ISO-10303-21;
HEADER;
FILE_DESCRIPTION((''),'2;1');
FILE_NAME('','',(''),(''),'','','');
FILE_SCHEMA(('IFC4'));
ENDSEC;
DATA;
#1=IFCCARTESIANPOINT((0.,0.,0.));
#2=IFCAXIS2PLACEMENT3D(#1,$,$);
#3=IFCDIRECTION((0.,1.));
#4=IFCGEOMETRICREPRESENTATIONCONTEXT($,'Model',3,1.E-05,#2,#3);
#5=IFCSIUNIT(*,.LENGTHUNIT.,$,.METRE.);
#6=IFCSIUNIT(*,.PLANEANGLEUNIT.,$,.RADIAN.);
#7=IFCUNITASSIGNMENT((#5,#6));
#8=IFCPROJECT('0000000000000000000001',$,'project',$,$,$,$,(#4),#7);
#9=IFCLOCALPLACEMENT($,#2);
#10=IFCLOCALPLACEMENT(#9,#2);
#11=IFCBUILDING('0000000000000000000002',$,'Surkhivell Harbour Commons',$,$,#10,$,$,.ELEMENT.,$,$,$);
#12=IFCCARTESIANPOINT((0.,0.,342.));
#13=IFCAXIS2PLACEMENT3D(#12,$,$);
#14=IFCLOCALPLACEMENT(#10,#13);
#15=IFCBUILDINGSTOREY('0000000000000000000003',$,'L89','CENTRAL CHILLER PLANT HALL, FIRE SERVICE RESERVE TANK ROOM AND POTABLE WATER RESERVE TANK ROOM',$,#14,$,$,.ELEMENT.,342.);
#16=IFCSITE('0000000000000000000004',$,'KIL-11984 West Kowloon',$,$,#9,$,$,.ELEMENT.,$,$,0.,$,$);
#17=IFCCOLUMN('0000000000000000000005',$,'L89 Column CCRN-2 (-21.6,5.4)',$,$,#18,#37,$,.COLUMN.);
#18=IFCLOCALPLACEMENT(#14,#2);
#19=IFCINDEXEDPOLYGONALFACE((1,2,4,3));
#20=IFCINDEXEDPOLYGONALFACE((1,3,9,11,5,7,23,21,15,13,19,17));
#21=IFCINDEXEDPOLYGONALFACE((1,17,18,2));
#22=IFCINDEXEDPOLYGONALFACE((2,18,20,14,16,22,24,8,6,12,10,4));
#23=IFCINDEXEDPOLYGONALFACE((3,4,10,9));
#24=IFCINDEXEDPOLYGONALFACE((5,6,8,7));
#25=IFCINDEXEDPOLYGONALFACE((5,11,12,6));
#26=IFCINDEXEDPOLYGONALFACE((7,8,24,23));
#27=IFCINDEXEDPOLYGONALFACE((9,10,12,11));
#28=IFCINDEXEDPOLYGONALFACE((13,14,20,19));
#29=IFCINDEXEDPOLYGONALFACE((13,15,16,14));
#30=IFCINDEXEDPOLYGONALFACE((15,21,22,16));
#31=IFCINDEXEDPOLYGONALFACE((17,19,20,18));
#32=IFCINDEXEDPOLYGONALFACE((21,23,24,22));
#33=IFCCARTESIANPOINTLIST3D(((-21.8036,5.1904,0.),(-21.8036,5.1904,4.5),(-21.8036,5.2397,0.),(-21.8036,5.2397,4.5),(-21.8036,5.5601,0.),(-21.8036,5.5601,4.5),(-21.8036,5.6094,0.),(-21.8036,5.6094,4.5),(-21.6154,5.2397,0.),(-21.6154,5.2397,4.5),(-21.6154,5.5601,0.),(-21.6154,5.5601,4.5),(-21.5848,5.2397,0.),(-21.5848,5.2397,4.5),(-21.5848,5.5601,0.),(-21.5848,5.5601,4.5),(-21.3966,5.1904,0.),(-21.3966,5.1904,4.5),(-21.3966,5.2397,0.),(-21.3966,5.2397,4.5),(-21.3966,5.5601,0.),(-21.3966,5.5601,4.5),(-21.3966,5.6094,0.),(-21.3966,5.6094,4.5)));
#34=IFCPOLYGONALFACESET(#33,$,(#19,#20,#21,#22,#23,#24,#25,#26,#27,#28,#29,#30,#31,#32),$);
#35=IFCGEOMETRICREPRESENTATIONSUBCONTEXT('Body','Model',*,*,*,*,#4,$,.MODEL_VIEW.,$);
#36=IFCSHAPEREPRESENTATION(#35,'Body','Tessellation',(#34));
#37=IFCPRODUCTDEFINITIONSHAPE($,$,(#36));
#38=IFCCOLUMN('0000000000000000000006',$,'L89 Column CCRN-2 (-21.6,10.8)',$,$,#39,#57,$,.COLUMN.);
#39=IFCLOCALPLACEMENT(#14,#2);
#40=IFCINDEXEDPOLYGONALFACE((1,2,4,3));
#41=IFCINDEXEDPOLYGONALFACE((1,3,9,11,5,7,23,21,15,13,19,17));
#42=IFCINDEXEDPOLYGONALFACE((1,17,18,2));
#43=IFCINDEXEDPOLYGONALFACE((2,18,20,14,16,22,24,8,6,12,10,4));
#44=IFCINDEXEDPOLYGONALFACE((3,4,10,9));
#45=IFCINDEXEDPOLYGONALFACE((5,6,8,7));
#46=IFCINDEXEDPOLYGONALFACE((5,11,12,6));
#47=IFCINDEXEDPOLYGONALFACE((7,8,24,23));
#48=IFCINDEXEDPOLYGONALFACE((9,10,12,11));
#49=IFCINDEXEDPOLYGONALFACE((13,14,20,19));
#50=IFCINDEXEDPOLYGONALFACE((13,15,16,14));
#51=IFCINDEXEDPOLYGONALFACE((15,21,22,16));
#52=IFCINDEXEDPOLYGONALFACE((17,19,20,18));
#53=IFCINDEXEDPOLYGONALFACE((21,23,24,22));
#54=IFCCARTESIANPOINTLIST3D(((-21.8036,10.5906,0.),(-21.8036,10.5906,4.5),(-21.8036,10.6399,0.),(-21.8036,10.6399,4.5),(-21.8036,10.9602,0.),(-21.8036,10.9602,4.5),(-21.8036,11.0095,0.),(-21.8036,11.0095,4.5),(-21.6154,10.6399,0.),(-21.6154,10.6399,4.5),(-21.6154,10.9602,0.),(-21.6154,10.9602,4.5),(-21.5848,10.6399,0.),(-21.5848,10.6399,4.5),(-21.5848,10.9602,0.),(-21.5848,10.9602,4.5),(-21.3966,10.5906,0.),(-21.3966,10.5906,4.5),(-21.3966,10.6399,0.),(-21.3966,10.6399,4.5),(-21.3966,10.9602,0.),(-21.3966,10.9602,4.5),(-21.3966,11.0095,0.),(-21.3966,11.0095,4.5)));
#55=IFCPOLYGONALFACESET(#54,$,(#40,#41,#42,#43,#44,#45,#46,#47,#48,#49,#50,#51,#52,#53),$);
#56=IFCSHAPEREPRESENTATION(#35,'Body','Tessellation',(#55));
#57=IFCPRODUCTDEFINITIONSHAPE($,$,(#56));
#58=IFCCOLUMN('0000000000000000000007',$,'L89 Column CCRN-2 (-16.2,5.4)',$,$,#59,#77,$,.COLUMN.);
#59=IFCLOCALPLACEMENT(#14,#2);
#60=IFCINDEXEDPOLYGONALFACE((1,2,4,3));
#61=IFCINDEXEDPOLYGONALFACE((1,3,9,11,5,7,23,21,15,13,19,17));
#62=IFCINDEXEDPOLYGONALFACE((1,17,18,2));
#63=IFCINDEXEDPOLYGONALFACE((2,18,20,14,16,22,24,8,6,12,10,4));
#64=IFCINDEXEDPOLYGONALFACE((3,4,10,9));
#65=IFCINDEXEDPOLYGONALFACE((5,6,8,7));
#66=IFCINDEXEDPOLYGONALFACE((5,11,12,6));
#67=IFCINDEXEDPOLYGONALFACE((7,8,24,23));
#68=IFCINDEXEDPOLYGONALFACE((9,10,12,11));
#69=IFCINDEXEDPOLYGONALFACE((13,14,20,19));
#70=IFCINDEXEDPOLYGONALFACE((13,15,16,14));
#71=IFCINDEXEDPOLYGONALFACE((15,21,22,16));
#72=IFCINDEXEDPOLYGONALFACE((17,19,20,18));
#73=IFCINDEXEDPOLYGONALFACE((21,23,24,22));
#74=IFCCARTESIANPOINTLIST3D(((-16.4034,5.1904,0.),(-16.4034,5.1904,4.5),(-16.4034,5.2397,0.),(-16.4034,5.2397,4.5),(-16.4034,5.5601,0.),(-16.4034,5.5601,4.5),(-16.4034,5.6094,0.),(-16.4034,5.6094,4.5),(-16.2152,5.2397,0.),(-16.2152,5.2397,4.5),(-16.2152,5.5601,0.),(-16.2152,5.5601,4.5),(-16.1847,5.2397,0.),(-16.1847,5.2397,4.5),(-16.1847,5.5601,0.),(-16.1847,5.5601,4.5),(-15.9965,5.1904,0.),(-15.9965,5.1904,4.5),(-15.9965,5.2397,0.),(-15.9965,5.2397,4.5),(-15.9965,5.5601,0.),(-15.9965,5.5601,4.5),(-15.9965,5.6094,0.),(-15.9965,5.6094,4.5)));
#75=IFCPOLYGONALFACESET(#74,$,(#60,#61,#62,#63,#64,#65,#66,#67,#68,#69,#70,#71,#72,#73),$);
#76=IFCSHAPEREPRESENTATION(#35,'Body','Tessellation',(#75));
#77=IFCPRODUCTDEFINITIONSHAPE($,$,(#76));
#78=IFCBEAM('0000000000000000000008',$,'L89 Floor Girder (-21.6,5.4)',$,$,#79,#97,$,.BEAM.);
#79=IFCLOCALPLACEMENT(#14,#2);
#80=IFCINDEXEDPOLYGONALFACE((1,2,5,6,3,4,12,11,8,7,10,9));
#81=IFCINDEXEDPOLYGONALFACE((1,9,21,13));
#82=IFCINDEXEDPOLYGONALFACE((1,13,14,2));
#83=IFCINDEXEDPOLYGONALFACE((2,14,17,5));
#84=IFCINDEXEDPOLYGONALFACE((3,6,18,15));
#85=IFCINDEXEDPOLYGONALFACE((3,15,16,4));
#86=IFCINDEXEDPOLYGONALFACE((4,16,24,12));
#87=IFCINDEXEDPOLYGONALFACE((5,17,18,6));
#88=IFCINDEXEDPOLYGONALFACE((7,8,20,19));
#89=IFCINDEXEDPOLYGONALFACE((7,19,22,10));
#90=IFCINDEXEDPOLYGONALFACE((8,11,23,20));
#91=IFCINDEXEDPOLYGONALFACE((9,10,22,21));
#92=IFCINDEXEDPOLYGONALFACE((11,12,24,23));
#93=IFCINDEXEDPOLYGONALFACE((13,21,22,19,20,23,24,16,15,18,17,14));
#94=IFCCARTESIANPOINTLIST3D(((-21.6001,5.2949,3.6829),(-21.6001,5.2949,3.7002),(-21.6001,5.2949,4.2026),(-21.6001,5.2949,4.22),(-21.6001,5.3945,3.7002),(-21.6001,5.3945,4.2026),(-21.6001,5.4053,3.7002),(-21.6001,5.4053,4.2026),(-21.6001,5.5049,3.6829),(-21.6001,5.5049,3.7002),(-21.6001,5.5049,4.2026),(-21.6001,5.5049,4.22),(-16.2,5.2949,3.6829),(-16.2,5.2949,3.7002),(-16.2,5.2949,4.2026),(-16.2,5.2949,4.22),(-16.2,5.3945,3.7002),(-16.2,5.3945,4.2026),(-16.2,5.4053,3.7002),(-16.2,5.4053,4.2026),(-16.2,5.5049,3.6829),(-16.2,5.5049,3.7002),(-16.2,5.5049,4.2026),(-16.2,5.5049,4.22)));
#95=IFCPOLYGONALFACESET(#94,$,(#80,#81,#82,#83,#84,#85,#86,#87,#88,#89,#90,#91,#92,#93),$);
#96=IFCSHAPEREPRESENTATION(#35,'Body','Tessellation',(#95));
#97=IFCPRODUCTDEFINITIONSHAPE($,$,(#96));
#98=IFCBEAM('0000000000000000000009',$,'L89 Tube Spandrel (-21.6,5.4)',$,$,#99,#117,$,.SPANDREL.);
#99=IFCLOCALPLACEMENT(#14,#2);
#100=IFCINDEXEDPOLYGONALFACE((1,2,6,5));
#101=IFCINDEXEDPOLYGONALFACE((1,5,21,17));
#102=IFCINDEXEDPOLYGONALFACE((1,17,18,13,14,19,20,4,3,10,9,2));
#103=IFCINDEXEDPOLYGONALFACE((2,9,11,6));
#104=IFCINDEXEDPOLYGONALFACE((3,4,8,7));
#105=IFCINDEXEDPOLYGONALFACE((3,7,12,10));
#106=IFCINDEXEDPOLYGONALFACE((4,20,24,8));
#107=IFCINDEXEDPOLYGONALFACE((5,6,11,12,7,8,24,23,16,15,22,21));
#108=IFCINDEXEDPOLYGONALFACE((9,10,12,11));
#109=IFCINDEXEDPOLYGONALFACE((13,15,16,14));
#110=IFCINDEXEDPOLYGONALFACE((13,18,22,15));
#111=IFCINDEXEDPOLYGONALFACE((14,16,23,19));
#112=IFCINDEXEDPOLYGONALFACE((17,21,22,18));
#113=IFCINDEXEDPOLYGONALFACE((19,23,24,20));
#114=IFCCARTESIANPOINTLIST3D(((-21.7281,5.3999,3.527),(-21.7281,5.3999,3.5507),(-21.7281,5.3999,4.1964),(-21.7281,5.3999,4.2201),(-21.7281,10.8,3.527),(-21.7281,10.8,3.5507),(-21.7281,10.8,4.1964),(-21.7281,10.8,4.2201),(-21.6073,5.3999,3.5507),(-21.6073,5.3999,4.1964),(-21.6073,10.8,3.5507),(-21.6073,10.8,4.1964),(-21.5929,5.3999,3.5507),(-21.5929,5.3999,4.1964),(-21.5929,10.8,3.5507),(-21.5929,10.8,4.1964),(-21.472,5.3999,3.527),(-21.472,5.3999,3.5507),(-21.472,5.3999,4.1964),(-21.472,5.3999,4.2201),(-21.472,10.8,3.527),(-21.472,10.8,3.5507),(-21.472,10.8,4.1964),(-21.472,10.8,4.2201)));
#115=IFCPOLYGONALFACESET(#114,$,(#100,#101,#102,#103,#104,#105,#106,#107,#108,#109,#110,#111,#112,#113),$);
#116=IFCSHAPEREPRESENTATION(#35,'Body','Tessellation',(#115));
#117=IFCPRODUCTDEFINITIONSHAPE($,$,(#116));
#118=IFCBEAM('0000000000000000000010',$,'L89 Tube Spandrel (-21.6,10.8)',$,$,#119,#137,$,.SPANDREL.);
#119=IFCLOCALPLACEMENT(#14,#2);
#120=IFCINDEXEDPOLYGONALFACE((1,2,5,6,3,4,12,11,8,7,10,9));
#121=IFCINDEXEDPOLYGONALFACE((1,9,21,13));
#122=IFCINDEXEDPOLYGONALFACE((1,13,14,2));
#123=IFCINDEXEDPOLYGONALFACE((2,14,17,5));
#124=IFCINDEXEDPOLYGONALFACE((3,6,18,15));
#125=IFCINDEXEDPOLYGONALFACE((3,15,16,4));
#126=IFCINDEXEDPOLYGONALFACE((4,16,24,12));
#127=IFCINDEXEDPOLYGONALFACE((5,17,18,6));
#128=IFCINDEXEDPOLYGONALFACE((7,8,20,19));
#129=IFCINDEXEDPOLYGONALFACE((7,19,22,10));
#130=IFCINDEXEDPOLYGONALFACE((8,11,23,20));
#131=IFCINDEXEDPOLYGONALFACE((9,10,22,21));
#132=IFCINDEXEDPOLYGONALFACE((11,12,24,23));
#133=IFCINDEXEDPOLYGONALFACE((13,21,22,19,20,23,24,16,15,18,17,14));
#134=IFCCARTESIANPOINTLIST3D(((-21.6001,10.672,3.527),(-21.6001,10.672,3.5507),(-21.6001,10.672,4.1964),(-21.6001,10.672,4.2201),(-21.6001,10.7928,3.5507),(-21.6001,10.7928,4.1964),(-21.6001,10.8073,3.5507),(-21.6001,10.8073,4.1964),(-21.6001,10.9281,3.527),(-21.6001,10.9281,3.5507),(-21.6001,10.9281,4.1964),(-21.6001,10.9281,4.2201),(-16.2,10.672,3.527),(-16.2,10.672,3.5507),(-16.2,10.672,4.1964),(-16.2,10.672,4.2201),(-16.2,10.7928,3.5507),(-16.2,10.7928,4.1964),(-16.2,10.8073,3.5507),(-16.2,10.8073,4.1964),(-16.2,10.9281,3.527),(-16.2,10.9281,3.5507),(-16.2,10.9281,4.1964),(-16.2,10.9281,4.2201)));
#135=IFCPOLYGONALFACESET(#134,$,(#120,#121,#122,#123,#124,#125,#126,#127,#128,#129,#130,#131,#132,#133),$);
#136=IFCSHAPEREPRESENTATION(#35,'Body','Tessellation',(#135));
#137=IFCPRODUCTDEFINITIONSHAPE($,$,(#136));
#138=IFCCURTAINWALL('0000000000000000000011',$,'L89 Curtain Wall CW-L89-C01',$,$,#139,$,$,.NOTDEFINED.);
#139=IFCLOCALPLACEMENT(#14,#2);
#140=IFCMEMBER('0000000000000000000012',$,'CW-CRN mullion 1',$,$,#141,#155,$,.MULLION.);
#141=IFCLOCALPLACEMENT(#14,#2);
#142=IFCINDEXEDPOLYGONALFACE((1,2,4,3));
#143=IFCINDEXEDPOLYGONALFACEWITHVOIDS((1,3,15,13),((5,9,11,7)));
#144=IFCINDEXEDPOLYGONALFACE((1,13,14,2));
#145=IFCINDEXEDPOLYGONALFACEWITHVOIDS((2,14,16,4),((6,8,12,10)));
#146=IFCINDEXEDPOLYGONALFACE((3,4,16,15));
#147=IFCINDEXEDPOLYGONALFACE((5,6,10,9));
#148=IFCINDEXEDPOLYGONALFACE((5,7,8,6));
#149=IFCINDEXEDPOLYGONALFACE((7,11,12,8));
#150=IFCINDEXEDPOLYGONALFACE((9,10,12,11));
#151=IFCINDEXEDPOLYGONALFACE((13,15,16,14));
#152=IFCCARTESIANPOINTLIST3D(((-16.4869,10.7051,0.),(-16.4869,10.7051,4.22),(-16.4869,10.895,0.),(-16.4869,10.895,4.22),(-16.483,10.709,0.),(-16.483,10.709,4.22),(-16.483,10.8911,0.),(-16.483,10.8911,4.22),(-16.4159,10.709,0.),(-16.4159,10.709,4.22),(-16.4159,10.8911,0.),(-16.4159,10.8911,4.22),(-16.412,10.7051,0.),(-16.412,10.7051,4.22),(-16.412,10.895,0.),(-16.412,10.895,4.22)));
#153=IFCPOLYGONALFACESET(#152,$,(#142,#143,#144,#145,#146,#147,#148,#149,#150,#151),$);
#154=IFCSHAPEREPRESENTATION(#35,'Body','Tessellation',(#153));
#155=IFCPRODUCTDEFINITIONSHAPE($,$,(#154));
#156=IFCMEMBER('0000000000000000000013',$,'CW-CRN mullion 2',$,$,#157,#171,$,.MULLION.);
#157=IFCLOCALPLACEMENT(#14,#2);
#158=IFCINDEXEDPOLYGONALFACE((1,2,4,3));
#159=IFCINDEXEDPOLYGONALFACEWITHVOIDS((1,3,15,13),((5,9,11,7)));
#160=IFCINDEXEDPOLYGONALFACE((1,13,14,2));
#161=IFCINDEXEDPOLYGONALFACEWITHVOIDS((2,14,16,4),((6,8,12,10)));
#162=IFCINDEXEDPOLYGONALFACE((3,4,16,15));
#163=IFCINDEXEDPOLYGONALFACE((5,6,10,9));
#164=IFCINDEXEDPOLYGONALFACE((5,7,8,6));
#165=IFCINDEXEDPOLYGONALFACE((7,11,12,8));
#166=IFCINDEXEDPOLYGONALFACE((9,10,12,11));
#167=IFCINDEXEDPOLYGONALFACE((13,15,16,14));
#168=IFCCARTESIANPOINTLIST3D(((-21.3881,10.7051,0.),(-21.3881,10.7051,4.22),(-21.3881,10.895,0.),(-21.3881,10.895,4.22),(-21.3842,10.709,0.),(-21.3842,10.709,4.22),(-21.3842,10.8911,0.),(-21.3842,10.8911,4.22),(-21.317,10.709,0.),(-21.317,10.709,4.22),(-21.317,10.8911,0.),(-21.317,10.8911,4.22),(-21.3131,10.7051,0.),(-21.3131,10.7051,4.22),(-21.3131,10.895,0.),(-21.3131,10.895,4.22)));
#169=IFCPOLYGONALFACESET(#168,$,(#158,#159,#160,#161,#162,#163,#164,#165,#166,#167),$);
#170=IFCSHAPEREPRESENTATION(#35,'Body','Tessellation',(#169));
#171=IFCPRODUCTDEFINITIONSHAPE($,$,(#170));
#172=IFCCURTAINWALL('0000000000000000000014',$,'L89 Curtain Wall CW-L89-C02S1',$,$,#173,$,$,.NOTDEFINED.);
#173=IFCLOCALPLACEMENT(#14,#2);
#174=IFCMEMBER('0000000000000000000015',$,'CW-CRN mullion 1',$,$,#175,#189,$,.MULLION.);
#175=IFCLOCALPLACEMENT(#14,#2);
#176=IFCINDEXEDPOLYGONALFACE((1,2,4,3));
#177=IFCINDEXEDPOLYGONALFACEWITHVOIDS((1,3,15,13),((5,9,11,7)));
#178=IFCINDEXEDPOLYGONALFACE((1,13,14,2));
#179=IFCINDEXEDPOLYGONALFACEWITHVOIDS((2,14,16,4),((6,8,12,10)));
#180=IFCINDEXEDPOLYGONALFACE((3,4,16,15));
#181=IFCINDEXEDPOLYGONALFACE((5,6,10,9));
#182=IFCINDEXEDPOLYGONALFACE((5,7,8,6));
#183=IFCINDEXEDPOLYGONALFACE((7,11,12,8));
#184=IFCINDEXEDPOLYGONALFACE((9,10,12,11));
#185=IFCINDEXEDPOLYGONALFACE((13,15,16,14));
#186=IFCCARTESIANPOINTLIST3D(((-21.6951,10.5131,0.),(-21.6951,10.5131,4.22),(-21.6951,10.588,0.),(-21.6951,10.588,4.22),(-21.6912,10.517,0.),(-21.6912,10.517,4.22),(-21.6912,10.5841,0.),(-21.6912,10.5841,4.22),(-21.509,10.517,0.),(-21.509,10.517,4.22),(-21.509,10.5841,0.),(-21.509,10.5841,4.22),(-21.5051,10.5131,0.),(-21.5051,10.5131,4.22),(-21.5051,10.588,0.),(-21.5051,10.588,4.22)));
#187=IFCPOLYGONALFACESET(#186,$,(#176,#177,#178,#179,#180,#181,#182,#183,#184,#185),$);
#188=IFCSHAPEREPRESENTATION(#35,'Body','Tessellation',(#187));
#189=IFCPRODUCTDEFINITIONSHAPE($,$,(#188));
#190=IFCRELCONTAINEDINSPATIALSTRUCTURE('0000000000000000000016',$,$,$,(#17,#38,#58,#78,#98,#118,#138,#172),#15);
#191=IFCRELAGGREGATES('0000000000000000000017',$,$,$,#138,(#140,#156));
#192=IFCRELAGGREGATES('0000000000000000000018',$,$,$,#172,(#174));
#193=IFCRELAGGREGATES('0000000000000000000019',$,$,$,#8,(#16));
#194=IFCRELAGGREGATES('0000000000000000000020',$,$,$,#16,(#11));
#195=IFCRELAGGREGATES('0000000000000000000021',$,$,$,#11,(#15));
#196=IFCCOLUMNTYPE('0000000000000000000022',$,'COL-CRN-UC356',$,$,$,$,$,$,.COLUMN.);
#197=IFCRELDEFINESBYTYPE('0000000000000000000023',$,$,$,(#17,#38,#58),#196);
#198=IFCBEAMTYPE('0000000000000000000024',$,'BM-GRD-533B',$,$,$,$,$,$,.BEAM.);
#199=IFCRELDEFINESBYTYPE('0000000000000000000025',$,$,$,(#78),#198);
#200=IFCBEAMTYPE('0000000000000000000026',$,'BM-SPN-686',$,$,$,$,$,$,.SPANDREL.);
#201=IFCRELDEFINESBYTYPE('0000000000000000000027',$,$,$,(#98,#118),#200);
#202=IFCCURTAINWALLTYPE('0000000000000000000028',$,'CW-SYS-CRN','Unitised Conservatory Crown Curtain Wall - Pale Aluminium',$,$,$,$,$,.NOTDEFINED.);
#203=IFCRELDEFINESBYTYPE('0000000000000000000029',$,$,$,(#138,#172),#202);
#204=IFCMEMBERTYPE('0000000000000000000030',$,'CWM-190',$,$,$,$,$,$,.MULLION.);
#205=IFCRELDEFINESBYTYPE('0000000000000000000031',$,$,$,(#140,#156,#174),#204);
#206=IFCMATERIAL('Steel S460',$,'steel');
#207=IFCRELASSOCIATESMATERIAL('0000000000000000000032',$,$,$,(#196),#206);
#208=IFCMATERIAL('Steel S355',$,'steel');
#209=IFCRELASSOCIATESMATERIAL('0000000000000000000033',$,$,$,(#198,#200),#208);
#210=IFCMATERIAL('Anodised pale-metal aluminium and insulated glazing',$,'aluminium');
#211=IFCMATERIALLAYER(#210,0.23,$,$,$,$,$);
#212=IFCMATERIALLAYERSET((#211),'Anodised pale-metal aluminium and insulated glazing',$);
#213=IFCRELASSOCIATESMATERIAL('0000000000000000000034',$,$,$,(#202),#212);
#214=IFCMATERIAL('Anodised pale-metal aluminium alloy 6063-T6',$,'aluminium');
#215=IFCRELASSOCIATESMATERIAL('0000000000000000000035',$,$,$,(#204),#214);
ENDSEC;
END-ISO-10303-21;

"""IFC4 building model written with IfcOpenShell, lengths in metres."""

from ifc_helpers import new_model, si_unit, direction, frame, origin, origin_2d, place, context, subcontext, project, spatial, hollow_rectangle, i_section, extrude, material, layer, layer_set, material_profile, profile_set, type_object, element, aggregate, save


model = new_model("IFC4")

# Units and contexts
model_context = context("Model", 3, precision=1e-05, world=origin(), true_north=direction((0.0, 1.0)))
body_context = subcontext(model_context, "Body", "Model", "MODEL_VIEW")
ifc_project = project(units=[si_unit("LENGTHUNIT", "METRE"), si_unit("PLANEANGLEUNIT", "RADIAN")], contexts=[model_context])

# Site, building, storey
site_placement = place(None, origin())
site = spatial("IfcSite", under=ifc_project, at=site_placement, Name="KIL-11984 West Kowloon", CompositionType="ELEMENT", RefElevation=0.0)
building_placement = place(site_placement, origin())
building = spatial("IfcBuilding", under=site, at=building_placement, Name="Surkhivell Harbour Commons", CompositionType="ELEMENT")
storey_placement = place(building_placement, frame((0.0, 0.0, 342.0)))
storey = spatial("IfcBuildingStorey", under=building, at=storey_placement, Name="L89", Description="CENTRAL CHILLER PLANT HALL, FIRE SERVICE RESERVE TANK ROOM AND POTABLE WATER RESERVE TANK ROOM", CompositionType="ELEMENT", Elevation=342.0)

# Columns
ifc_material_1 = material(Name="Steel S460", Category="steel")
ifc_material_profile_1 = material_profile(ifc_material_1, i_section(OverallWidth=0.407, OverallDepth=0.4189, WebThickness=0.0305, FlangeThickness=0.0493, at=origin_2d()), Name="UC356x406x393")
ifc_profile_set_1 = profile_set([ifc_material_profile_1], Name="Steel S460")
column_type = type_object("IfcColumnType", Name="COL-CRN-UC356", PredefinedType="COLUMN", material=ifc_profile_set_1)
for number, where, z_axis, x_axis, name in (
    (1, (-21.6001, 5.3999, 0.0), (0.0, 0.0, 1.0), (1.0, 0.0, 0.0), "L89 Column CCRN-2 (-21.6,5.4)"),
    (2, (-21.6001, 10.8, 0.0), (0.0, 0.0, 1.0), (1.0, 0.0, 0.0), "L89 Column CCRN-2 (-21.6,10.8)"),
    (3, (-16.2, 5.3999, 0.0), (0.0, 0.0, 1.0), (1.0, 0.0, 0.0), "L89 Column CCRN-2 (-16.2,5.4)"),
):
    element("IfcColumn", number, at=place(storey_placement, frame(where, z_axis=z_axis, x_axis=x_axis)), inside=storey, type_object=column_type, Name=name, PredefinedType="COLUMN", context=body_context, shape_type="SweptSolid", body=[
        extrude(i_section(OverallWidth=0.407, OverallDepth=0.4189, WebThickness=0.0305, FlangeThickness=0.0493, at=origin_2d()), origin(), (0.0, 0.0, 1.0), 4.5),
    ])

# Beams
ifc_material_2 = material(Name="Steel S355", Category="steel")
ifc_material_profile_2 = material_profile(ifc_material_2, i_section(OverallWidth=0.21, OverallDepth=0.5371, WebThickness=0.0107, FlangeThickness=0.0173, at=origin_2d()), Name="UB533x210x101")
ifc_profile_set_2 = profile_set([ifc_material_profile_2], Name="Steel S355")
beam_type_1 = type_object("IfcBeamType", Name="BM-GRD-533B", PredefinedType="BEAM", material=ifc_profile_set_2)
beam_placement = place(storey_placement, frame((-21.6001, 5.3999, 3.9514), z_axis=(1.0, 0.0, 0.0), x_axis=(0.0, 1.0, 0.0)))
element("IfcBeam", 4, at=beam_placement, inside=storey, type_object=beam_type_1, Name="L89 Floor Girder (-21.6,5.4)", PredefinedType="BEAM", context=body_context, shape_type="SweptSolid", body=[
    extrude(i_section(OverallWidth=0.21, OverallDepth=0.5371, WebThickness=0.0107, FlangeThickness=0.0173, at=origin_2d()), origin(), (0.0, 0.0, 1.0), 5.4001),
])
ifc_material_profile_3 = material_profile(ifc_material_2, i_section(OverallWidth=0.2561, OverallDepth=0.6931, WebThickness=0.0144, FlangeThickness=0.0237, at=origin_2d()), Name="UB686x254x170")
ifc_profile_set_3 = profile_set([ifc_material_profile_3], Name="Steel S355")
beam_type_2 = type_object("IfcBeamType", Name="BM-SPN-686", PredefinedType="SPANDREL", material=ifc_profile_set_3)
for number, where, z_axis, x_axis, name in (
    (5, (-21.6001, 5.3999, 3.8735), (0.0, 1.0, 0.0), (-1.0, 0.0, 0.0), "L89 Tube Spandrel (-21.6,5.4)"),
    (6, (-21.6001, 10.8, 3.8735), (1.0, 0.0, 0.0), (0.0, 1.0, 0.0), "L89 Tube Spandrel (-21.6,10.8)"),
):
    element("IfcBeam", number, at=place(storey_placement, frame(where, z_axis=z_axis, x_axis=x_axis)), inside=storey, type_object=beam_type_2, Name=name, PredefinedType="SPANDREL", context=body_context, shape_type="SweptSolid", body=[
        extrude(i_section(OverallWidth=0.2561, OverallDepth=0.6931, WebThickness=0.0144, FlangeThickness=0.0237, at=origin_2d()), origin(), (0.0, 0.0, 1.0), 5.4001),
    ])

# Curtain walls, members
ifc_material_3 = material(Name="Anodised pale-metal aluminium and insulated glazing", Category="aluminium")
ifc_layer_1 = layer(ifc_material_3, 0.23)
ifc_layer_set_1 = layer_set([ifc_layer_1], Name="Anodised pale-metal aluminium and insulated glazing")
curtain_wall_type = type_object("IfcCurtainWallType", Name="CW-SYS-CRN", Description="Unitised Conservatory Crown Curtain Wall - Pale Aluminium", PredefinedType="NOTDEFINED", material=ifc_layer_set_1)
curtain_wall_1_placement = place(storey_placement, origin())
curtain_wall_1 = element("IfcCurtainWall", 7, at=curtain_wall_1_placement, inside=storey, type_object=curtain_wall_type, Name="L89 Curtain Wall CW-L89-C01", PredefinedType="NOTDEFINED")
ifc_material_4 = material(Name="Anodised pale-metal aluminium alloy 6063-T6", Category="aluminium")
ifc_material_profile_4 = material_profile(ifc_material_4, hollow_rectangle(XDim=0.075, YDim=0.1899, WallThickness=0.0039, at=origin_2d()), Name="ALU-MULL-75x190")
ifc_profile_set_4 = profile_set([ifc_material_profile_4], Name="Anodised pale-metal aluminium alloy 6063-T6")
member_type_1 = type_object("IfcMemberType", Name="CWM-190", PredefinedType="MULLION", material=ifc_profile_set_4)
member_1_placement = place(storey_placement, frame((-16.4495, 10.8, 0.0), z_axis=(0.0, 0.0, 1.0), x_axis=(-1.0, 0.0, 0.0)))
member_1 = element("IfcMember", 8, at=member_1_placement, type_object=member_type_1, Name="CW-CRN mullion 1", PredefinedType="MULLION", context=body_context, shape_type="SweptSolid", body=[
    extrude(hollow_rectangle(XDim=0.075, YDim=0.1899, WallThickness=0.0039, at=origin_2d()), origin(), (0.0, 0.0, 1.0), 4.22),
])
member_2_placement = place(storey_placement, frame((-21.3506, 10.8, 0.0), z_axis=(0.0, 0.0, 1.0), x_axis=(-1.0, 0.0, 0.0)))
member_2 = element("IfcMember", 9, at=member_2_placement, type_object=member_type_1, Name="CW-CRN mullion 2", PredefinedType="MULLION", context=body_context, shape_type="SweptSolid", body=[
    extrude(hollow_rectangle(XDim=0.075, YDim=0.1899, WallThickness=0.0039, at=origin_2d()), origin(), (0.0, 0.0, 1.0), 4.22),
])
curtain_wall_2_placement = place(storey_placement, origin())
curtain_wall_2 = element("IfcCurtainWall", 10, at=curtain_wall_2_placement, inside=storey, type_object=curtain_wall_type, Name="L89 Curtain Wall CW-L89-C02S1", PredefinedType="NOTDEFINED")
member_3_placement = place(storey_placement, frame((-21.6001, 10.5505, 0.0), z_axis=(0.0, 0.0, 1.0), x_axis=(0.0, -1.0, 0.0)))
member_3 = element("IfcMember", 11, at=member_3_placement, type_object=member_type_1, Name="CW-CRN mullion 1", PredefinedType="MULLION", context=body_context, shape_type="SweptSolid", body=[
    extrude(hollow_rectangle(XDim=0.075, YDim=0.1899, WallThickness=0.0039, at=origin_2d()), origin(), (0.0, 0.0, 1.0), 4.22),
])

aggregate(curtain_wall_1, [member_1, member_2])
aggregate(curtain_wall_2, [member_3])

save(model, "model.ifc")
